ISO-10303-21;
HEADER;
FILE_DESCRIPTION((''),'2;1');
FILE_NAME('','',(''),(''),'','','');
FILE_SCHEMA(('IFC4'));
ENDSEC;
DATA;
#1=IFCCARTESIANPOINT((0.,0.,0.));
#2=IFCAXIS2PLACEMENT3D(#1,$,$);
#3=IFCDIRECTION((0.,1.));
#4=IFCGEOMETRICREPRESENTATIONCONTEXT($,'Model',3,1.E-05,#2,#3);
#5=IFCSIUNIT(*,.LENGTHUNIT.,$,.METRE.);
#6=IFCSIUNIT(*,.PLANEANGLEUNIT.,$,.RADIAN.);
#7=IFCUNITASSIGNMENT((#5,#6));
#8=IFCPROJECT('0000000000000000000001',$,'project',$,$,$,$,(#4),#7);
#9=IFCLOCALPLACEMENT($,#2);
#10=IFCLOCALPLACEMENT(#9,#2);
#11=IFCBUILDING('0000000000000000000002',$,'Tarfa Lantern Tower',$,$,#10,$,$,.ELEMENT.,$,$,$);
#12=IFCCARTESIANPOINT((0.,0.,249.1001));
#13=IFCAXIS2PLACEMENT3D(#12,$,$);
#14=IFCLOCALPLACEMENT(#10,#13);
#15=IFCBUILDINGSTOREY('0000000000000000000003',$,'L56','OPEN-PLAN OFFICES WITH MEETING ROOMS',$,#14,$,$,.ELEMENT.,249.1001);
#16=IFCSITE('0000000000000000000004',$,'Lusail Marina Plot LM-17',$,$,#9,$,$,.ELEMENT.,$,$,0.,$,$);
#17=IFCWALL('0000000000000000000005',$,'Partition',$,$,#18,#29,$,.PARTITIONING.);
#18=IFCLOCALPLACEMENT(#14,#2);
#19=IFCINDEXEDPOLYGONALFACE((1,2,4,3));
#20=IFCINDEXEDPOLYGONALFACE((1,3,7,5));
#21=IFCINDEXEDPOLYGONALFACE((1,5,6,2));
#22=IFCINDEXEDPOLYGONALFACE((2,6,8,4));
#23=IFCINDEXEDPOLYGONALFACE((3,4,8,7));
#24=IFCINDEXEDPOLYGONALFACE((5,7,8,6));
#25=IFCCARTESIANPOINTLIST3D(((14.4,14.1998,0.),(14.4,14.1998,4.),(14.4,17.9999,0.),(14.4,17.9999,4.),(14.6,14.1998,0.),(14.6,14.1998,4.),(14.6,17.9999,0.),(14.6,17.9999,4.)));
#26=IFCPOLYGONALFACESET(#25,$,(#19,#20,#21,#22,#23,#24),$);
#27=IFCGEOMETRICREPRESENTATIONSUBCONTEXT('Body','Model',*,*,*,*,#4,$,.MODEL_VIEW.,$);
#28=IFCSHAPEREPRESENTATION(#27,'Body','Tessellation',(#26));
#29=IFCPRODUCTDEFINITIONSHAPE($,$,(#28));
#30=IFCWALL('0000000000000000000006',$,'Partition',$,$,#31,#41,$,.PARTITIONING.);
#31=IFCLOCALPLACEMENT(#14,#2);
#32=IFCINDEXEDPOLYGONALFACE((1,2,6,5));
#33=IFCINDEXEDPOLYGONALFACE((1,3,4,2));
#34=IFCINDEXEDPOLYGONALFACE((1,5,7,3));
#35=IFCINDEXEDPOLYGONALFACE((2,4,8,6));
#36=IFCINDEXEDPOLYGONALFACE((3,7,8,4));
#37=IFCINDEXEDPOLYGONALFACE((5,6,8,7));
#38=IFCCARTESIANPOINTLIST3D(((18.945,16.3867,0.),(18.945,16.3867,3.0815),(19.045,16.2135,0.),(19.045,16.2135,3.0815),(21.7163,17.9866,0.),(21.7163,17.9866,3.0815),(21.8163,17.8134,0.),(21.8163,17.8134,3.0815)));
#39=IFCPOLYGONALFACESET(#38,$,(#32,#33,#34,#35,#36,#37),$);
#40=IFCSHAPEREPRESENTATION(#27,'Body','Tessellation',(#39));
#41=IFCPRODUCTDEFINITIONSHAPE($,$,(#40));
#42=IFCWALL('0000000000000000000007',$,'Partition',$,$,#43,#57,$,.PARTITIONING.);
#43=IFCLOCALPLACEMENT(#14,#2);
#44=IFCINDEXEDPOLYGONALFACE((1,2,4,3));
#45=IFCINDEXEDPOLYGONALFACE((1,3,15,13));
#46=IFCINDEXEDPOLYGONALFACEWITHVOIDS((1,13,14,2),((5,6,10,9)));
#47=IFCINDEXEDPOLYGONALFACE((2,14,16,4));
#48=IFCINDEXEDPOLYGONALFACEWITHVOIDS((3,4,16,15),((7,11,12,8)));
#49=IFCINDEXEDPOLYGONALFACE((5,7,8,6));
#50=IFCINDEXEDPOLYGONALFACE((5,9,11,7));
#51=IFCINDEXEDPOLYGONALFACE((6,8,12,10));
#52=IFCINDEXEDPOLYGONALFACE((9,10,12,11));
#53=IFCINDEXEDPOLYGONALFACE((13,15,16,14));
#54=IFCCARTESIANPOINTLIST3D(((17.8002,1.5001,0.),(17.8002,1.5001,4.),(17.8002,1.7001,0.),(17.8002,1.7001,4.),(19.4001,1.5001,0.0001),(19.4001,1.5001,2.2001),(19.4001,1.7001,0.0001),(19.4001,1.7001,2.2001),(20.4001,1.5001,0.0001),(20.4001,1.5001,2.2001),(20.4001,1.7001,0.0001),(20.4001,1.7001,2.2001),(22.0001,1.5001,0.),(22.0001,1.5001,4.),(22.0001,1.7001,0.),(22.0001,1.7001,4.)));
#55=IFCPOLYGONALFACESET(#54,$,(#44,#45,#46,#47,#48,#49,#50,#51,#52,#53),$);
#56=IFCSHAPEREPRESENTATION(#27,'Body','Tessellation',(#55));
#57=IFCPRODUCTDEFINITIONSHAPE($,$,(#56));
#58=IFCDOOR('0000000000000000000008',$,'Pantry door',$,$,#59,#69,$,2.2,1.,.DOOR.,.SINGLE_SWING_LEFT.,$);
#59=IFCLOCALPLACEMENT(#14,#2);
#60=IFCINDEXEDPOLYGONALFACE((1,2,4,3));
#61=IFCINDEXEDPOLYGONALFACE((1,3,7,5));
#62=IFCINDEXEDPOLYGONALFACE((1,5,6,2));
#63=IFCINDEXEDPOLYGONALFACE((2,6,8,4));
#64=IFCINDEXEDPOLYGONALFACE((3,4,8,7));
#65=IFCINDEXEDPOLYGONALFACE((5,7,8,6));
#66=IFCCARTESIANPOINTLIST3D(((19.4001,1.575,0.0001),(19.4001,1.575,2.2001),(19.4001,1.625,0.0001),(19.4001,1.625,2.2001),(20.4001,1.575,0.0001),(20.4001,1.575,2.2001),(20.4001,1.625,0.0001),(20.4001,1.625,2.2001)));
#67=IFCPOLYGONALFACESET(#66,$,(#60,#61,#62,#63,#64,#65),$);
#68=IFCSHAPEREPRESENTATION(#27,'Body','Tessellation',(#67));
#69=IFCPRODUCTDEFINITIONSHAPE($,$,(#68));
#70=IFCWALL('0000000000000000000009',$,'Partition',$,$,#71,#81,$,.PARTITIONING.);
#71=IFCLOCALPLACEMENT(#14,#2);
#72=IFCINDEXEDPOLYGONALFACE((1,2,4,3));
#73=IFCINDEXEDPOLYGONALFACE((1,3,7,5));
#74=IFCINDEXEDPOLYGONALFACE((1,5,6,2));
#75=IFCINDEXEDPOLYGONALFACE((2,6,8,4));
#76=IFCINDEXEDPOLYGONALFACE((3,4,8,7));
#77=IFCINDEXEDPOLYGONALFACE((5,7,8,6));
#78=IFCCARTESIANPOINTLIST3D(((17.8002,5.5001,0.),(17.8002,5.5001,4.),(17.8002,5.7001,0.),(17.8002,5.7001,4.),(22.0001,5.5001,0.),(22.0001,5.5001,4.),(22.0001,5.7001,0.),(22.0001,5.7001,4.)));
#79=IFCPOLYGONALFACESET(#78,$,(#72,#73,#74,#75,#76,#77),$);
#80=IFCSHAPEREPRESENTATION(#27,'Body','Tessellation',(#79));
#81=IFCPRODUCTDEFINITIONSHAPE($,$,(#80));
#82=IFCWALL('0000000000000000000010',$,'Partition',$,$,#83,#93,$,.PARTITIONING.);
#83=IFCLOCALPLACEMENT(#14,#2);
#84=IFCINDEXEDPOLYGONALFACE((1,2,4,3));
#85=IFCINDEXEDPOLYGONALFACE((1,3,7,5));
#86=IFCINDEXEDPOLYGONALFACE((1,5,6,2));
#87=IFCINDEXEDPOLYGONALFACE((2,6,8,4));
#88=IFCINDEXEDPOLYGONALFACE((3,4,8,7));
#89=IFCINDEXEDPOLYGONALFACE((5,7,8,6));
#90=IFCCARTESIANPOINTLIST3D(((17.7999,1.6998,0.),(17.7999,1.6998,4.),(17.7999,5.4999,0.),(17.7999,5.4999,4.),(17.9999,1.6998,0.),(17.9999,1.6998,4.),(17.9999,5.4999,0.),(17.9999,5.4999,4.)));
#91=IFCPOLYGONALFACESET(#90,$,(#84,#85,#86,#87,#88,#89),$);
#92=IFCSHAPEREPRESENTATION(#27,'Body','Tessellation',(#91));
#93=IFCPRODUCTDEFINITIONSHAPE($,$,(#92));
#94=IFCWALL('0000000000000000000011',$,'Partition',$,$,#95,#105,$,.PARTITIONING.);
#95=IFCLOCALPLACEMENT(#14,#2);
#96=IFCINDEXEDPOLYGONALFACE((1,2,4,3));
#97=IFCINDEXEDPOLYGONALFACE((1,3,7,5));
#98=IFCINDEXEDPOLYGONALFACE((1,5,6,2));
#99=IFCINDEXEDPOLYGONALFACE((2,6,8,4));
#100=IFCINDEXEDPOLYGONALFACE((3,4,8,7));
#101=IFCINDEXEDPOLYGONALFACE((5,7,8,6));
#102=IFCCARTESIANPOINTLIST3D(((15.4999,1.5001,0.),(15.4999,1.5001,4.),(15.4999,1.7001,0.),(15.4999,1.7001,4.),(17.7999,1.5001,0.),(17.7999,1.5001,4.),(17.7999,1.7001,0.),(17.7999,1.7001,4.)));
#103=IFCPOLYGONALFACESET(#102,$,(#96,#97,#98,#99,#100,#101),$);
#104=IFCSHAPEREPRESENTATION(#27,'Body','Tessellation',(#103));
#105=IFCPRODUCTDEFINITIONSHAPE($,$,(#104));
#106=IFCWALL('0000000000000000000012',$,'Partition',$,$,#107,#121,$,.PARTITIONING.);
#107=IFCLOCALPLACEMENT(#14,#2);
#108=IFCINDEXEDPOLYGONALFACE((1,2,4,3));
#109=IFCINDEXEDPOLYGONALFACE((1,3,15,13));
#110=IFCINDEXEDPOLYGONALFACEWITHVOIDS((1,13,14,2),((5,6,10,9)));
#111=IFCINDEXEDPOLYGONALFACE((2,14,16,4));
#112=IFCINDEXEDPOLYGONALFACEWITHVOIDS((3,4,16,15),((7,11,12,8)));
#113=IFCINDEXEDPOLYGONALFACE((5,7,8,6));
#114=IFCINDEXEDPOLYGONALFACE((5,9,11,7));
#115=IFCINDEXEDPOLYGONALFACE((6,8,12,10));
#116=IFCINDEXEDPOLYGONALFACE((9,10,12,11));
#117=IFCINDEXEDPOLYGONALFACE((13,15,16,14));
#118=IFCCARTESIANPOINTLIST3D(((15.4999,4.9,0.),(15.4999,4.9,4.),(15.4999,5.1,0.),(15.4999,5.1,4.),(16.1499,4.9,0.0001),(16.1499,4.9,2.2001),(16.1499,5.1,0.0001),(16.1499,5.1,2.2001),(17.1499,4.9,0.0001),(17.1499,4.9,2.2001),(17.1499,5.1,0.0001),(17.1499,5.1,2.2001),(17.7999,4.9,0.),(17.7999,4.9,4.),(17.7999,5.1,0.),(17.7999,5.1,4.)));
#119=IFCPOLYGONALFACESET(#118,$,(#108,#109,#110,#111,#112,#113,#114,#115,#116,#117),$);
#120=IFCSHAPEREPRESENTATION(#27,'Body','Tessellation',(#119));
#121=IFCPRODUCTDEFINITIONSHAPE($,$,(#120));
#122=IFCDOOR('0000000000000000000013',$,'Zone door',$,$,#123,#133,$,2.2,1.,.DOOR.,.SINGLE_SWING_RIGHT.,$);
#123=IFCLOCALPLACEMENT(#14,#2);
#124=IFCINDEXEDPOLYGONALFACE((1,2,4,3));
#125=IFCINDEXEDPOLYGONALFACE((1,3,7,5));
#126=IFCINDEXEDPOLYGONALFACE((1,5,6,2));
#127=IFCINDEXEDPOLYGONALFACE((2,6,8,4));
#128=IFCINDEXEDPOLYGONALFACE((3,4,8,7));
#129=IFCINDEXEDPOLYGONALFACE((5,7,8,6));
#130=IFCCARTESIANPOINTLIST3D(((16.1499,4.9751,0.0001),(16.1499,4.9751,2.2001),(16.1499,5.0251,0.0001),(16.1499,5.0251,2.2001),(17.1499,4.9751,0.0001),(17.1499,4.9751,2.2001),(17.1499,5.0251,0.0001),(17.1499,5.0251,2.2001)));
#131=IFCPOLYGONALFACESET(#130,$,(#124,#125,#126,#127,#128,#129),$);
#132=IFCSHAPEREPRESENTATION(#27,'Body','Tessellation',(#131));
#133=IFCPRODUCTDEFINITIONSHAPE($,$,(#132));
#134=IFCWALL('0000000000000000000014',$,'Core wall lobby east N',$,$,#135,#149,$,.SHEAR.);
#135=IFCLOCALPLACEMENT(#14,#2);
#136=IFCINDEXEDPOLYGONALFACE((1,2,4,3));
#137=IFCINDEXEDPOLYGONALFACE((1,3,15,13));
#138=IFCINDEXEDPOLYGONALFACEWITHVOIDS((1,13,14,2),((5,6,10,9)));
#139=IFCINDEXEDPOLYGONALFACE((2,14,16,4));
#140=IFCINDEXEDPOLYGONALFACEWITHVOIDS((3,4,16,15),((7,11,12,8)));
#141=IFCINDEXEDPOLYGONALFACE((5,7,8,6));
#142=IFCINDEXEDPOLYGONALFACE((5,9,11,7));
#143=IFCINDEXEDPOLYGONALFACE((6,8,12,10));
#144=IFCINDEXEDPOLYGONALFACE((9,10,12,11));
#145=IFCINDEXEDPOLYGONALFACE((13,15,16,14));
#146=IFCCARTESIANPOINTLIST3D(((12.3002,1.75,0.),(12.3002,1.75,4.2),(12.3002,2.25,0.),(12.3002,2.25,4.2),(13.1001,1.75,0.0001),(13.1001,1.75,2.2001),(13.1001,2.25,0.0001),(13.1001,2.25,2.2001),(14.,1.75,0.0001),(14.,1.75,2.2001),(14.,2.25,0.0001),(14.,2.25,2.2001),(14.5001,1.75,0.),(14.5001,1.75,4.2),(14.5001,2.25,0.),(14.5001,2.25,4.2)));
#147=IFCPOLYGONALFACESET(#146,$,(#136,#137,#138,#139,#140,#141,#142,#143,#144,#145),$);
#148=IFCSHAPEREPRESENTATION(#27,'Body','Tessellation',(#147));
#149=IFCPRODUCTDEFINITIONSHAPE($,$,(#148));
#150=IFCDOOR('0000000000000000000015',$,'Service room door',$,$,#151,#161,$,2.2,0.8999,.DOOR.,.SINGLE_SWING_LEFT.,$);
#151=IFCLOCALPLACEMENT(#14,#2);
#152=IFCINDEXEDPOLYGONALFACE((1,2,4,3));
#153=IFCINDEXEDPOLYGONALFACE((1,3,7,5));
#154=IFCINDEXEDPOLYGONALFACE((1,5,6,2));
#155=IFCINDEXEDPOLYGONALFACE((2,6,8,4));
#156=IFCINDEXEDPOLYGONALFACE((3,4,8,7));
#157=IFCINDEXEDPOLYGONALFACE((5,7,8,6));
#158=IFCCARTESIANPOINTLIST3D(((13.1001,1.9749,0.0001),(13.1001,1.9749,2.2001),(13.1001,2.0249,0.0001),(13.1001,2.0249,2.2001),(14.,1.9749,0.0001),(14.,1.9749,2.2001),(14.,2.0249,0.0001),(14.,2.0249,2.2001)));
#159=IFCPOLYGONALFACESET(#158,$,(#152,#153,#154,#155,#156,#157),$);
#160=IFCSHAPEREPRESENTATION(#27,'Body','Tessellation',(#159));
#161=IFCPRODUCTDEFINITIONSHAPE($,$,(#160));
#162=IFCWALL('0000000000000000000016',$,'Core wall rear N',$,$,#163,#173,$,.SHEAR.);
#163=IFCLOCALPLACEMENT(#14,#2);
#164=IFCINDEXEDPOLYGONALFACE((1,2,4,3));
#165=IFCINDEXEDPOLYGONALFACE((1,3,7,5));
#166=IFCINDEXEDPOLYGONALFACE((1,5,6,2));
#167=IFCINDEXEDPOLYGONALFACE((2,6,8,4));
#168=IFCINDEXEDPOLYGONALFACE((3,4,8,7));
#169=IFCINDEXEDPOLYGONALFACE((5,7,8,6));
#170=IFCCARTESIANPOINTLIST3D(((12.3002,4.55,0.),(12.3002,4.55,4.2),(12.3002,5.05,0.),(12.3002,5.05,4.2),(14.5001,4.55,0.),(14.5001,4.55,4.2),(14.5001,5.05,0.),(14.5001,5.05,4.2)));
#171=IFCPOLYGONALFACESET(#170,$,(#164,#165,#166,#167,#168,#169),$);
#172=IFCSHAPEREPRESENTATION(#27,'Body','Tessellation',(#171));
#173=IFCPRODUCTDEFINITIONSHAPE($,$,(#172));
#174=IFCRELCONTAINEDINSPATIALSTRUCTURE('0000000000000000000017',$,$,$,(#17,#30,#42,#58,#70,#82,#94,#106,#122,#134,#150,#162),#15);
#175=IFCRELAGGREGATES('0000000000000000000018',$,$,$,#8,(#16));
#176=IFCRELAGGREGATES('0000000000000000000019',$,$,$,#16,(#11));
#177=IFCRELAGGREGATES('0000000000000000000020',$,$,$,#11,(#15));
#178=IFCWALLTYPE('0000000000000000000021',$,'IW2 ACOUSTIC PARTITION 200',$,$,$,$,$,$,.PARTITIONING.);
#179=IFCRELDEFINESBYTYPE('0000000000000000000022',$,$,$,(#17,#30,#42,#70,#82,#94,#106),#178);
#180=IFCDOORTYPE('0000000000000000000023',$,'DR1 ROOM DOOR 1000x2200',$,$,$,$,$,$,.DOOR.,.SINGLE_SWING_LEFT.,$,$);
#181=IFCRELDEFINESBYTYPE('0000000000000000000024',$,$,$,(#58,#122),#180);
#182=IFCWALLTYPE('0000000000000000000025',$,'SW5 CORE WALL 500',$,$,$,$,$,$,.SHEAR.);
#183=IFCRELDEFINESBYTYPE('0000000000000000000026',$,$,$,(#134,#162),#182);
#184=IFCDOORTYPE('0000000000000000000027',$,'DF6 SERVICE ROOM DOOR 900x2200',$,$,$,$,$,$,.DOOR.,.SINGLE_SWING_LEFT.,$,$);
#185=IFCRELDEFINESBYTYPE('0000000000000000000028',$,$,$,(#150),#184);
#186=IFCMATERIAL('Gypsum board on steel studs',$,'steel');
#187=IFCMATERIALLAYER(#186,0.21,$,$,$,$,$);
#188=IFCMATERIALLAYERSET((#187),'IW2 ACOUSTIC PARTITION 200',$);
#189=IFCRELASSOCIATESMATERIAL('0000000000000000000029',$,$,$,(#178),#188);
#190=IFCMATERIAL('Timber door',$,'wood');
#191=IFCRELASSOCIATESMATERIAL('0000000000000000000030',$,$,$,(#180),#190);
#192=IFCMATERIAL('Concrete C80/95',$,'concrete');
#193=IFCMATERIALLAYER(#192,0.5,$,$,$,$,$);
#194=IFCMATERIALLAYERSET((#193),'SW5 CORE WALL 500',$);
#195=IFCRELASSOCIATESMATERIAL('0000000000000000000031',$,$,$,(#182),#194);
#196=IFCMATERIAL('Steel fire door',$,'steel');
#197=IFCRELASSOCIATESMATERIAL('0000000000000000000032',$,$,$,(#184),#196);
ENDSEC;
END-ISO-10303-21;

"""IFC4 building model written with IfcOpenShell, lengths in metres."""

from ifc_helpers import new_model, si_unit, direction, frame, frame_2d, origin, place, context, subcontext, project, spatial, rectangle, extrude, material, layer, layer_set, type_object, element, fill, save


model = new_model("IFC4")

# Units and contexts
model_context = context("Model", 3, precision=1e-05, world=origin(), true_north=direction((0.0, 1.0)))
body_context = subcontext(model_context, "Body", "Model", "MODEL_VIEW")
ifc_project = project(units=[si_unit("LENGTHUNIT", "METRE"), si_unit("PLANEANGLEUNIT", "RADIAN")], contexts=[model_context])

# Site, building, storey
site_placement = place(None, origin())
site = spatial("IfcSite", under=ifc_project, at=site_placement, Name="Lusail Marina Plot LM-17", CompositionType="ELEMENT", RefElevation=0.0)
building_placement = place(site_placement, origin())
building = spatial("IfcBuilding", under=site, at=building_placement, Name="Tarfa Lantern Tower", CompositionType="ELEMENT")
storey_placement = place(building_placement, frame((0.0, 0.0, 249.1001)))
storey = spatial("IfcBuildingStorey", under=building, at=storey_placement, Name="L56", Description="OPEN-PLAN OFFICES WITH MEETING ROOMS", CompositionType="ELEMENT", Elevation=249.1001)

# Shared definitions
ifc_material_1 = material(Name="Concrete C80/95", Category="concrete")

# Walls
ifc_material_2 = material(Name="Gypsum board on steel studs", Category="steel")
ifc_layer_1 = layer(ifc_material_2, 0.21)
ifc_layer_set_1 = layer_set([ifc_layer_1], Name="IW2 ACOUSTIC PARTITION 200")
wall_type_1 = type_object("IfcWallType", Name="IW2 ACOUSTIC PARTITION 200", PredefinedType="PARTITIONING", material=ifc_layer_set_1)
wall_1_placement = place(storey_placement, frame((14.5, 14.2, 0.0), z_axis=(0.0, 0.0, 1.0), x_axis=(0.0, 1.0, 0.0)))
element("IfcWall", 1, at=wall_1_placement, inside=storey, type_object=wall_type_1, Name="Partition", PredefinedType="PARTITIONING", context=body_context, shape_type="SweptSolid", body=[
    extrude(rectangle(XDim=3.8, YDim=0.2, at=frame_2d((1.8999, 0.0))), origin(), (0.0, 0.0, 1.0), 4.0),
])
wall_2_placement = place(storey_placement, frame((18.9949, 16.3, 0.0), z_axis=(0.0, 0.0, 1.0), x_axis=(0.866042, 0.499971, 0.0)))
element("IfcWall", 2, at=wall_2_placement, inside=storey, type_object=wall_type_1, Name="Partition", PredefinedType="PARTITIONING", context=body_context, shape_type="SweptSolid", body=[
    extrude(rectangle(XDim=3.2, YDim=0.2, at=frame_2d((1.6001, 0.0))), origin(), (0.0, 0.0, 1.0), 3.0815),
])

# Wall, opening, door
wall_3_placement = place(storey_placement, frame((17.8, 1.6001, 0.0), z_axis=(0.0, 0.0, 1.0), x_axis=(1.0, 0.0, 0.0)))
wall_3 = element("IfcWall", 3, at=wall_3_placement, inside=storey, type_object=wall_type_1, Name="Partition", PredefinedType="PARTITIONING", context=body_context, shape_type="SweptSolid", body=[
    extrude(rectangle(XDim=4.2, YDim=0.2, at=frame_2d((2.1001, 0.0))), origin(), (0.0, 0.0, 1.0), 4.0),
])
opening_1_placement = place(wall_3_placement, frame((1.6001, 0.0, 0.0)))
opening_1 = element("IfcOpeningElement", 4, at=opening_1_placement, cuts=wall_3, PredefinedType="OPENING", context=body_context, shape_type="SweptSolid", body=[
    extrude(rectangle(XDim=1.0, YDim=2.2, at=frame_2d((0.5, 1.1001))), frame((0.0, 0.1099, 0.0), z_axis=(0.0, -1.0, 0.0), x_axis=(1.0, 0.0, 0.0)), (0.0, 0.0, 1.0), 0.22),
])
ifc_material_3 = material(Name="Timber door", Category="wood")
door_type_1 = type_object("IfcDoorType", Name="DR1 ROOM DOOR 1000x2200", OperationType="SINGLE_SWING_LEFT", PredefinedType="DOOR", material=ifc_material_3)
door_1_placement = place(opening_1_placement, origin())
door_1 = element("IfcDoor", 5, at=door_1_placement, inside=storey, type_object=door_type_1, Name="Pantry door", OperationType="SINGLE_SWING_LEFT", OverallHeight=2.2, OverallWidth=1.0, PredefinedType="DOOR", context=body_context, shape_type="SweptSolid", body=[
    extrude(rectangle(XDim=1.0, YDim=2.2, at=frame_2d((0.5, 1.1001))), frame((0.0, 0.0249, 0.0), z_axis=(0.0, -1.0, 0.0), x_axis=(1.0, 0.0, 0.0)), (0.0, 0.0, 1.0), 0.05),
])
fill(opening_1, door_1)

# Walls
wall_4_placement = place(storey_placement, frame((17.8, 5.6001, 0.0), z_axis=(0.0, 0.0, 1.0), x_axis=(1.0, 0.0, 0.0)))
element("IfcWall", 6, at=wall_4_placement, inside=storey, type_object=wall_type_1, Name="Partition", PredefinedType="PARTITIONING", context=body_context, shape_type="SweptSolid", body=[
    extrude(rectangle(XDim=4.2, YDim=0.2, at=frame_2d((2.1001, 0.0))), origin(), (0.0, 0.0, 1.0), 4.0),
])
wall_5_placement = place(storey_placement, frame((17.8999, 1.7, 0.0), z_axis=(0.0, 0.0, 1.0), x_axis=(0.0, 1.0, 0.0)))
element("IfcWall", 7, at=wall_5_placement, inside=storey, type_object=wall_type_1, Name="Partition", PredefinedType="PARTITIONING", context=body_context, shape_type="SweptSolid", body=[
    extrude(rectangle(XDim=3.8, YDim=0.2, at=frame_2d((1.8999, 0.0))), origin(), (0.0, 0.0, 1.0), 4.0),
])
wall_6_placement = place(storey_placement, frame((15.5, 1.6001, 0.0), z_axis=(0.0, 0.0, 1.0), x_axis=(1.0, 0.0, 0.0)))
element("IfcWall", 8, at=wall_6_placement, inside=storey, type_object=wall_type_1, Name="Partition", PredefinedType="PARTITIONING", context=body_context, shape_type="SweptSolid", body=[
    extrude(rectangle(XDim=2.3, YDim=0.2, at=frame_2d((1.1499, 0.0))), origin(), (0.0, 0.0, 1.0), 4.0),
])

# Walls, openings, doors
wall_7_placement = place(storey_placement, frame((15.5, 5.0, 0.0), z_axis=(0.0, 0.0, 1.0), x_axis=(1.0, 0.0, 0.0)))
wall_7 = element("IfcWall", 9, at=wall_7_placement, inside=storey, type_object=wall_type_1, Name="Partition", PredefinedType="PARTITIONING", context=body_context, shape_type="SweptSolid", body=[
    extrude(rectangle(XDim=2.3, YDim=0.2, at=frame_2d((1.1499, 0.0))), origin(), (0.0, 0.0, 1.0), 4.0),
])
opening_2_placement = place(wall_7_placement, frame((0.6499, 0.0, 0.0)))
opening_2 = element("IfcOpeningElement", 10, at=opening_2_placement, cuts=wall_7, PredefinedType="OPENING", context=body_context, shape_type="SweptSolid", body=[
    extrude(rectangle(XDim=1.0, YDim=2.2, at=frame_2d((0.5, 1.1001))), frame((0.0, 0.1099, 0.0), z_axis=(0.0, -1.0, 0.0), x_axis=(1.0, 0.0, 0.0)), (0.0, 0.0, 1.0), 0.22),
])
door_2_placement = place(opening_2_placement, frame((1.0, 0.0, 0.0), z_axis=(0.0, 0.0, 1.0), x_axis=(-1.0, 0.0, 0.0)))
door_2 = element("IfcDoor", 11, at=door_2_placement, inside=storey, type_object=door_type_1, Name="Zone door", OperationType="SINGLE_SWING_RIGHT", OverallHeight=2.2, OverallWidth=1.0, PredefinedType="DOOR", context=body_context, shape_type="SweptSolid", body=[
    extrude(rectangle(XDim=1.0, YDim=2.2, at=frame_2d((0.5, 1.1001))), frame((0.0, 0.0249, 0.0), z_axis=(0.0, -1.0, 0.0), x_axis=(1.0, 0.0, 0.0)), (0.0, 0.0, 1.0), 0.05),
])
fill(opening_2, door_2)
ifc_layer_2 = layer(ifc_material_1, 0.5)
ifc_layer_set_2 = layer_set([ifc_layer_2], Name="SW5 CORE WALL 500")
wall_type_2 = type_object("IfcWallType", Name="SW5 CORE WALL 500", PredefinedType="SHEAR", material=ifc_layer_set_2)
wall_8_placement = place(storey_placement, frame((12.3, 2.0, 0.0), z_axis=(0.0, 0.0, 1.0), x_axis=(1.0, 0.0, 0.0)))
wall_8 = element("IfcWall", 12, at=wall_8_placement, inside=storey, type_object=wall_type_2, Name="Core wall lobby east N", PredefinedType="SHEAR", context=body_context, shape_type="SweptSolid", body=[
    extrude(rectangle(XDim=2.2, YDim=0.5, at=frame_2d((1.1001, 0.0))), origin(), (0.0, 0.0, 1.0), 4.2),
])
opening_3_placement = place(wall_8_placement, frame((0.8, 0.0, 0.0)))
opening_3 = element("IfcOpeningElement", 13, at=opening_3_placement, cuts=wall_8, PredefinedType="OPENING", context=body_context, shape_type="SweptSolid", body=[
    extrude(rectangle(XDim=0.8999, YDim=2.2, at=frame_2d((0.45, 1.1001))), frame((0.0, 0.26, 0.0), z_axis=(0.0, -1.0, 0.0), x_axis=(1.0, 0.0, 0.0)), (0.0, 0.0, 1.0), 0.52),
])
ifc_material_4 = material(Name="Steel fire door", Category="steel")
door_type_2 = type_object("IfcDoorType", Name="DF6 SERVICE ROOM DOOR 900x2200", OperationType="SINGLE_SWING_LEFT", PredefinedType="DOOR", material=ifc_material_4)
door_3_placement = place(opening_3_placement, origin())
door_3 = element("IfcDoor", 14, at=door_3_placement, inside=storey, type_object=door_type_2, Name="Service room door", OperationType="SINGLE_SWING_LEFT", OverallHeight=2.2, OverallWidth=0.8999, PredefinedType="DOOR", context=body_context, shape_type="SweptSolid", body=[
    extrude(rectangle(XDim=0.8999, YDim=2.2, at=frame_2d((0.45, 1.1001))), frame((0.0, 0.0249, 0.0), z_axis=(0.0, -1.0, 0.0), x_axis=(1.0, 0.0, 0.0)), (0.0, 0.0, 1.0), 0.05),
])
fill(opening_3, door_3)

# Wall
wall_9_placement = place(storey_placement, frame((12.3, 4.8, 0.0), z_axis=(0.0, 0.0, 1.0), x_axis=(1.0, 0.0, 0.0)))
element("IfcWall", 15, at=wall_9_placement, inside=storey, type_object=wall_type_2, Name="Core wall rear N", PredefinedType="SHEAR", context=body_context, shape_type="SweptSolid", body=[
    extrude(rectangle(XDim=2.2, YDim=0.5, at=frame_2d((1.1001, 0.0))), origin(), (0.0, 0.0, 1.0), 4.2),
])

save(model, "model.ifc")
